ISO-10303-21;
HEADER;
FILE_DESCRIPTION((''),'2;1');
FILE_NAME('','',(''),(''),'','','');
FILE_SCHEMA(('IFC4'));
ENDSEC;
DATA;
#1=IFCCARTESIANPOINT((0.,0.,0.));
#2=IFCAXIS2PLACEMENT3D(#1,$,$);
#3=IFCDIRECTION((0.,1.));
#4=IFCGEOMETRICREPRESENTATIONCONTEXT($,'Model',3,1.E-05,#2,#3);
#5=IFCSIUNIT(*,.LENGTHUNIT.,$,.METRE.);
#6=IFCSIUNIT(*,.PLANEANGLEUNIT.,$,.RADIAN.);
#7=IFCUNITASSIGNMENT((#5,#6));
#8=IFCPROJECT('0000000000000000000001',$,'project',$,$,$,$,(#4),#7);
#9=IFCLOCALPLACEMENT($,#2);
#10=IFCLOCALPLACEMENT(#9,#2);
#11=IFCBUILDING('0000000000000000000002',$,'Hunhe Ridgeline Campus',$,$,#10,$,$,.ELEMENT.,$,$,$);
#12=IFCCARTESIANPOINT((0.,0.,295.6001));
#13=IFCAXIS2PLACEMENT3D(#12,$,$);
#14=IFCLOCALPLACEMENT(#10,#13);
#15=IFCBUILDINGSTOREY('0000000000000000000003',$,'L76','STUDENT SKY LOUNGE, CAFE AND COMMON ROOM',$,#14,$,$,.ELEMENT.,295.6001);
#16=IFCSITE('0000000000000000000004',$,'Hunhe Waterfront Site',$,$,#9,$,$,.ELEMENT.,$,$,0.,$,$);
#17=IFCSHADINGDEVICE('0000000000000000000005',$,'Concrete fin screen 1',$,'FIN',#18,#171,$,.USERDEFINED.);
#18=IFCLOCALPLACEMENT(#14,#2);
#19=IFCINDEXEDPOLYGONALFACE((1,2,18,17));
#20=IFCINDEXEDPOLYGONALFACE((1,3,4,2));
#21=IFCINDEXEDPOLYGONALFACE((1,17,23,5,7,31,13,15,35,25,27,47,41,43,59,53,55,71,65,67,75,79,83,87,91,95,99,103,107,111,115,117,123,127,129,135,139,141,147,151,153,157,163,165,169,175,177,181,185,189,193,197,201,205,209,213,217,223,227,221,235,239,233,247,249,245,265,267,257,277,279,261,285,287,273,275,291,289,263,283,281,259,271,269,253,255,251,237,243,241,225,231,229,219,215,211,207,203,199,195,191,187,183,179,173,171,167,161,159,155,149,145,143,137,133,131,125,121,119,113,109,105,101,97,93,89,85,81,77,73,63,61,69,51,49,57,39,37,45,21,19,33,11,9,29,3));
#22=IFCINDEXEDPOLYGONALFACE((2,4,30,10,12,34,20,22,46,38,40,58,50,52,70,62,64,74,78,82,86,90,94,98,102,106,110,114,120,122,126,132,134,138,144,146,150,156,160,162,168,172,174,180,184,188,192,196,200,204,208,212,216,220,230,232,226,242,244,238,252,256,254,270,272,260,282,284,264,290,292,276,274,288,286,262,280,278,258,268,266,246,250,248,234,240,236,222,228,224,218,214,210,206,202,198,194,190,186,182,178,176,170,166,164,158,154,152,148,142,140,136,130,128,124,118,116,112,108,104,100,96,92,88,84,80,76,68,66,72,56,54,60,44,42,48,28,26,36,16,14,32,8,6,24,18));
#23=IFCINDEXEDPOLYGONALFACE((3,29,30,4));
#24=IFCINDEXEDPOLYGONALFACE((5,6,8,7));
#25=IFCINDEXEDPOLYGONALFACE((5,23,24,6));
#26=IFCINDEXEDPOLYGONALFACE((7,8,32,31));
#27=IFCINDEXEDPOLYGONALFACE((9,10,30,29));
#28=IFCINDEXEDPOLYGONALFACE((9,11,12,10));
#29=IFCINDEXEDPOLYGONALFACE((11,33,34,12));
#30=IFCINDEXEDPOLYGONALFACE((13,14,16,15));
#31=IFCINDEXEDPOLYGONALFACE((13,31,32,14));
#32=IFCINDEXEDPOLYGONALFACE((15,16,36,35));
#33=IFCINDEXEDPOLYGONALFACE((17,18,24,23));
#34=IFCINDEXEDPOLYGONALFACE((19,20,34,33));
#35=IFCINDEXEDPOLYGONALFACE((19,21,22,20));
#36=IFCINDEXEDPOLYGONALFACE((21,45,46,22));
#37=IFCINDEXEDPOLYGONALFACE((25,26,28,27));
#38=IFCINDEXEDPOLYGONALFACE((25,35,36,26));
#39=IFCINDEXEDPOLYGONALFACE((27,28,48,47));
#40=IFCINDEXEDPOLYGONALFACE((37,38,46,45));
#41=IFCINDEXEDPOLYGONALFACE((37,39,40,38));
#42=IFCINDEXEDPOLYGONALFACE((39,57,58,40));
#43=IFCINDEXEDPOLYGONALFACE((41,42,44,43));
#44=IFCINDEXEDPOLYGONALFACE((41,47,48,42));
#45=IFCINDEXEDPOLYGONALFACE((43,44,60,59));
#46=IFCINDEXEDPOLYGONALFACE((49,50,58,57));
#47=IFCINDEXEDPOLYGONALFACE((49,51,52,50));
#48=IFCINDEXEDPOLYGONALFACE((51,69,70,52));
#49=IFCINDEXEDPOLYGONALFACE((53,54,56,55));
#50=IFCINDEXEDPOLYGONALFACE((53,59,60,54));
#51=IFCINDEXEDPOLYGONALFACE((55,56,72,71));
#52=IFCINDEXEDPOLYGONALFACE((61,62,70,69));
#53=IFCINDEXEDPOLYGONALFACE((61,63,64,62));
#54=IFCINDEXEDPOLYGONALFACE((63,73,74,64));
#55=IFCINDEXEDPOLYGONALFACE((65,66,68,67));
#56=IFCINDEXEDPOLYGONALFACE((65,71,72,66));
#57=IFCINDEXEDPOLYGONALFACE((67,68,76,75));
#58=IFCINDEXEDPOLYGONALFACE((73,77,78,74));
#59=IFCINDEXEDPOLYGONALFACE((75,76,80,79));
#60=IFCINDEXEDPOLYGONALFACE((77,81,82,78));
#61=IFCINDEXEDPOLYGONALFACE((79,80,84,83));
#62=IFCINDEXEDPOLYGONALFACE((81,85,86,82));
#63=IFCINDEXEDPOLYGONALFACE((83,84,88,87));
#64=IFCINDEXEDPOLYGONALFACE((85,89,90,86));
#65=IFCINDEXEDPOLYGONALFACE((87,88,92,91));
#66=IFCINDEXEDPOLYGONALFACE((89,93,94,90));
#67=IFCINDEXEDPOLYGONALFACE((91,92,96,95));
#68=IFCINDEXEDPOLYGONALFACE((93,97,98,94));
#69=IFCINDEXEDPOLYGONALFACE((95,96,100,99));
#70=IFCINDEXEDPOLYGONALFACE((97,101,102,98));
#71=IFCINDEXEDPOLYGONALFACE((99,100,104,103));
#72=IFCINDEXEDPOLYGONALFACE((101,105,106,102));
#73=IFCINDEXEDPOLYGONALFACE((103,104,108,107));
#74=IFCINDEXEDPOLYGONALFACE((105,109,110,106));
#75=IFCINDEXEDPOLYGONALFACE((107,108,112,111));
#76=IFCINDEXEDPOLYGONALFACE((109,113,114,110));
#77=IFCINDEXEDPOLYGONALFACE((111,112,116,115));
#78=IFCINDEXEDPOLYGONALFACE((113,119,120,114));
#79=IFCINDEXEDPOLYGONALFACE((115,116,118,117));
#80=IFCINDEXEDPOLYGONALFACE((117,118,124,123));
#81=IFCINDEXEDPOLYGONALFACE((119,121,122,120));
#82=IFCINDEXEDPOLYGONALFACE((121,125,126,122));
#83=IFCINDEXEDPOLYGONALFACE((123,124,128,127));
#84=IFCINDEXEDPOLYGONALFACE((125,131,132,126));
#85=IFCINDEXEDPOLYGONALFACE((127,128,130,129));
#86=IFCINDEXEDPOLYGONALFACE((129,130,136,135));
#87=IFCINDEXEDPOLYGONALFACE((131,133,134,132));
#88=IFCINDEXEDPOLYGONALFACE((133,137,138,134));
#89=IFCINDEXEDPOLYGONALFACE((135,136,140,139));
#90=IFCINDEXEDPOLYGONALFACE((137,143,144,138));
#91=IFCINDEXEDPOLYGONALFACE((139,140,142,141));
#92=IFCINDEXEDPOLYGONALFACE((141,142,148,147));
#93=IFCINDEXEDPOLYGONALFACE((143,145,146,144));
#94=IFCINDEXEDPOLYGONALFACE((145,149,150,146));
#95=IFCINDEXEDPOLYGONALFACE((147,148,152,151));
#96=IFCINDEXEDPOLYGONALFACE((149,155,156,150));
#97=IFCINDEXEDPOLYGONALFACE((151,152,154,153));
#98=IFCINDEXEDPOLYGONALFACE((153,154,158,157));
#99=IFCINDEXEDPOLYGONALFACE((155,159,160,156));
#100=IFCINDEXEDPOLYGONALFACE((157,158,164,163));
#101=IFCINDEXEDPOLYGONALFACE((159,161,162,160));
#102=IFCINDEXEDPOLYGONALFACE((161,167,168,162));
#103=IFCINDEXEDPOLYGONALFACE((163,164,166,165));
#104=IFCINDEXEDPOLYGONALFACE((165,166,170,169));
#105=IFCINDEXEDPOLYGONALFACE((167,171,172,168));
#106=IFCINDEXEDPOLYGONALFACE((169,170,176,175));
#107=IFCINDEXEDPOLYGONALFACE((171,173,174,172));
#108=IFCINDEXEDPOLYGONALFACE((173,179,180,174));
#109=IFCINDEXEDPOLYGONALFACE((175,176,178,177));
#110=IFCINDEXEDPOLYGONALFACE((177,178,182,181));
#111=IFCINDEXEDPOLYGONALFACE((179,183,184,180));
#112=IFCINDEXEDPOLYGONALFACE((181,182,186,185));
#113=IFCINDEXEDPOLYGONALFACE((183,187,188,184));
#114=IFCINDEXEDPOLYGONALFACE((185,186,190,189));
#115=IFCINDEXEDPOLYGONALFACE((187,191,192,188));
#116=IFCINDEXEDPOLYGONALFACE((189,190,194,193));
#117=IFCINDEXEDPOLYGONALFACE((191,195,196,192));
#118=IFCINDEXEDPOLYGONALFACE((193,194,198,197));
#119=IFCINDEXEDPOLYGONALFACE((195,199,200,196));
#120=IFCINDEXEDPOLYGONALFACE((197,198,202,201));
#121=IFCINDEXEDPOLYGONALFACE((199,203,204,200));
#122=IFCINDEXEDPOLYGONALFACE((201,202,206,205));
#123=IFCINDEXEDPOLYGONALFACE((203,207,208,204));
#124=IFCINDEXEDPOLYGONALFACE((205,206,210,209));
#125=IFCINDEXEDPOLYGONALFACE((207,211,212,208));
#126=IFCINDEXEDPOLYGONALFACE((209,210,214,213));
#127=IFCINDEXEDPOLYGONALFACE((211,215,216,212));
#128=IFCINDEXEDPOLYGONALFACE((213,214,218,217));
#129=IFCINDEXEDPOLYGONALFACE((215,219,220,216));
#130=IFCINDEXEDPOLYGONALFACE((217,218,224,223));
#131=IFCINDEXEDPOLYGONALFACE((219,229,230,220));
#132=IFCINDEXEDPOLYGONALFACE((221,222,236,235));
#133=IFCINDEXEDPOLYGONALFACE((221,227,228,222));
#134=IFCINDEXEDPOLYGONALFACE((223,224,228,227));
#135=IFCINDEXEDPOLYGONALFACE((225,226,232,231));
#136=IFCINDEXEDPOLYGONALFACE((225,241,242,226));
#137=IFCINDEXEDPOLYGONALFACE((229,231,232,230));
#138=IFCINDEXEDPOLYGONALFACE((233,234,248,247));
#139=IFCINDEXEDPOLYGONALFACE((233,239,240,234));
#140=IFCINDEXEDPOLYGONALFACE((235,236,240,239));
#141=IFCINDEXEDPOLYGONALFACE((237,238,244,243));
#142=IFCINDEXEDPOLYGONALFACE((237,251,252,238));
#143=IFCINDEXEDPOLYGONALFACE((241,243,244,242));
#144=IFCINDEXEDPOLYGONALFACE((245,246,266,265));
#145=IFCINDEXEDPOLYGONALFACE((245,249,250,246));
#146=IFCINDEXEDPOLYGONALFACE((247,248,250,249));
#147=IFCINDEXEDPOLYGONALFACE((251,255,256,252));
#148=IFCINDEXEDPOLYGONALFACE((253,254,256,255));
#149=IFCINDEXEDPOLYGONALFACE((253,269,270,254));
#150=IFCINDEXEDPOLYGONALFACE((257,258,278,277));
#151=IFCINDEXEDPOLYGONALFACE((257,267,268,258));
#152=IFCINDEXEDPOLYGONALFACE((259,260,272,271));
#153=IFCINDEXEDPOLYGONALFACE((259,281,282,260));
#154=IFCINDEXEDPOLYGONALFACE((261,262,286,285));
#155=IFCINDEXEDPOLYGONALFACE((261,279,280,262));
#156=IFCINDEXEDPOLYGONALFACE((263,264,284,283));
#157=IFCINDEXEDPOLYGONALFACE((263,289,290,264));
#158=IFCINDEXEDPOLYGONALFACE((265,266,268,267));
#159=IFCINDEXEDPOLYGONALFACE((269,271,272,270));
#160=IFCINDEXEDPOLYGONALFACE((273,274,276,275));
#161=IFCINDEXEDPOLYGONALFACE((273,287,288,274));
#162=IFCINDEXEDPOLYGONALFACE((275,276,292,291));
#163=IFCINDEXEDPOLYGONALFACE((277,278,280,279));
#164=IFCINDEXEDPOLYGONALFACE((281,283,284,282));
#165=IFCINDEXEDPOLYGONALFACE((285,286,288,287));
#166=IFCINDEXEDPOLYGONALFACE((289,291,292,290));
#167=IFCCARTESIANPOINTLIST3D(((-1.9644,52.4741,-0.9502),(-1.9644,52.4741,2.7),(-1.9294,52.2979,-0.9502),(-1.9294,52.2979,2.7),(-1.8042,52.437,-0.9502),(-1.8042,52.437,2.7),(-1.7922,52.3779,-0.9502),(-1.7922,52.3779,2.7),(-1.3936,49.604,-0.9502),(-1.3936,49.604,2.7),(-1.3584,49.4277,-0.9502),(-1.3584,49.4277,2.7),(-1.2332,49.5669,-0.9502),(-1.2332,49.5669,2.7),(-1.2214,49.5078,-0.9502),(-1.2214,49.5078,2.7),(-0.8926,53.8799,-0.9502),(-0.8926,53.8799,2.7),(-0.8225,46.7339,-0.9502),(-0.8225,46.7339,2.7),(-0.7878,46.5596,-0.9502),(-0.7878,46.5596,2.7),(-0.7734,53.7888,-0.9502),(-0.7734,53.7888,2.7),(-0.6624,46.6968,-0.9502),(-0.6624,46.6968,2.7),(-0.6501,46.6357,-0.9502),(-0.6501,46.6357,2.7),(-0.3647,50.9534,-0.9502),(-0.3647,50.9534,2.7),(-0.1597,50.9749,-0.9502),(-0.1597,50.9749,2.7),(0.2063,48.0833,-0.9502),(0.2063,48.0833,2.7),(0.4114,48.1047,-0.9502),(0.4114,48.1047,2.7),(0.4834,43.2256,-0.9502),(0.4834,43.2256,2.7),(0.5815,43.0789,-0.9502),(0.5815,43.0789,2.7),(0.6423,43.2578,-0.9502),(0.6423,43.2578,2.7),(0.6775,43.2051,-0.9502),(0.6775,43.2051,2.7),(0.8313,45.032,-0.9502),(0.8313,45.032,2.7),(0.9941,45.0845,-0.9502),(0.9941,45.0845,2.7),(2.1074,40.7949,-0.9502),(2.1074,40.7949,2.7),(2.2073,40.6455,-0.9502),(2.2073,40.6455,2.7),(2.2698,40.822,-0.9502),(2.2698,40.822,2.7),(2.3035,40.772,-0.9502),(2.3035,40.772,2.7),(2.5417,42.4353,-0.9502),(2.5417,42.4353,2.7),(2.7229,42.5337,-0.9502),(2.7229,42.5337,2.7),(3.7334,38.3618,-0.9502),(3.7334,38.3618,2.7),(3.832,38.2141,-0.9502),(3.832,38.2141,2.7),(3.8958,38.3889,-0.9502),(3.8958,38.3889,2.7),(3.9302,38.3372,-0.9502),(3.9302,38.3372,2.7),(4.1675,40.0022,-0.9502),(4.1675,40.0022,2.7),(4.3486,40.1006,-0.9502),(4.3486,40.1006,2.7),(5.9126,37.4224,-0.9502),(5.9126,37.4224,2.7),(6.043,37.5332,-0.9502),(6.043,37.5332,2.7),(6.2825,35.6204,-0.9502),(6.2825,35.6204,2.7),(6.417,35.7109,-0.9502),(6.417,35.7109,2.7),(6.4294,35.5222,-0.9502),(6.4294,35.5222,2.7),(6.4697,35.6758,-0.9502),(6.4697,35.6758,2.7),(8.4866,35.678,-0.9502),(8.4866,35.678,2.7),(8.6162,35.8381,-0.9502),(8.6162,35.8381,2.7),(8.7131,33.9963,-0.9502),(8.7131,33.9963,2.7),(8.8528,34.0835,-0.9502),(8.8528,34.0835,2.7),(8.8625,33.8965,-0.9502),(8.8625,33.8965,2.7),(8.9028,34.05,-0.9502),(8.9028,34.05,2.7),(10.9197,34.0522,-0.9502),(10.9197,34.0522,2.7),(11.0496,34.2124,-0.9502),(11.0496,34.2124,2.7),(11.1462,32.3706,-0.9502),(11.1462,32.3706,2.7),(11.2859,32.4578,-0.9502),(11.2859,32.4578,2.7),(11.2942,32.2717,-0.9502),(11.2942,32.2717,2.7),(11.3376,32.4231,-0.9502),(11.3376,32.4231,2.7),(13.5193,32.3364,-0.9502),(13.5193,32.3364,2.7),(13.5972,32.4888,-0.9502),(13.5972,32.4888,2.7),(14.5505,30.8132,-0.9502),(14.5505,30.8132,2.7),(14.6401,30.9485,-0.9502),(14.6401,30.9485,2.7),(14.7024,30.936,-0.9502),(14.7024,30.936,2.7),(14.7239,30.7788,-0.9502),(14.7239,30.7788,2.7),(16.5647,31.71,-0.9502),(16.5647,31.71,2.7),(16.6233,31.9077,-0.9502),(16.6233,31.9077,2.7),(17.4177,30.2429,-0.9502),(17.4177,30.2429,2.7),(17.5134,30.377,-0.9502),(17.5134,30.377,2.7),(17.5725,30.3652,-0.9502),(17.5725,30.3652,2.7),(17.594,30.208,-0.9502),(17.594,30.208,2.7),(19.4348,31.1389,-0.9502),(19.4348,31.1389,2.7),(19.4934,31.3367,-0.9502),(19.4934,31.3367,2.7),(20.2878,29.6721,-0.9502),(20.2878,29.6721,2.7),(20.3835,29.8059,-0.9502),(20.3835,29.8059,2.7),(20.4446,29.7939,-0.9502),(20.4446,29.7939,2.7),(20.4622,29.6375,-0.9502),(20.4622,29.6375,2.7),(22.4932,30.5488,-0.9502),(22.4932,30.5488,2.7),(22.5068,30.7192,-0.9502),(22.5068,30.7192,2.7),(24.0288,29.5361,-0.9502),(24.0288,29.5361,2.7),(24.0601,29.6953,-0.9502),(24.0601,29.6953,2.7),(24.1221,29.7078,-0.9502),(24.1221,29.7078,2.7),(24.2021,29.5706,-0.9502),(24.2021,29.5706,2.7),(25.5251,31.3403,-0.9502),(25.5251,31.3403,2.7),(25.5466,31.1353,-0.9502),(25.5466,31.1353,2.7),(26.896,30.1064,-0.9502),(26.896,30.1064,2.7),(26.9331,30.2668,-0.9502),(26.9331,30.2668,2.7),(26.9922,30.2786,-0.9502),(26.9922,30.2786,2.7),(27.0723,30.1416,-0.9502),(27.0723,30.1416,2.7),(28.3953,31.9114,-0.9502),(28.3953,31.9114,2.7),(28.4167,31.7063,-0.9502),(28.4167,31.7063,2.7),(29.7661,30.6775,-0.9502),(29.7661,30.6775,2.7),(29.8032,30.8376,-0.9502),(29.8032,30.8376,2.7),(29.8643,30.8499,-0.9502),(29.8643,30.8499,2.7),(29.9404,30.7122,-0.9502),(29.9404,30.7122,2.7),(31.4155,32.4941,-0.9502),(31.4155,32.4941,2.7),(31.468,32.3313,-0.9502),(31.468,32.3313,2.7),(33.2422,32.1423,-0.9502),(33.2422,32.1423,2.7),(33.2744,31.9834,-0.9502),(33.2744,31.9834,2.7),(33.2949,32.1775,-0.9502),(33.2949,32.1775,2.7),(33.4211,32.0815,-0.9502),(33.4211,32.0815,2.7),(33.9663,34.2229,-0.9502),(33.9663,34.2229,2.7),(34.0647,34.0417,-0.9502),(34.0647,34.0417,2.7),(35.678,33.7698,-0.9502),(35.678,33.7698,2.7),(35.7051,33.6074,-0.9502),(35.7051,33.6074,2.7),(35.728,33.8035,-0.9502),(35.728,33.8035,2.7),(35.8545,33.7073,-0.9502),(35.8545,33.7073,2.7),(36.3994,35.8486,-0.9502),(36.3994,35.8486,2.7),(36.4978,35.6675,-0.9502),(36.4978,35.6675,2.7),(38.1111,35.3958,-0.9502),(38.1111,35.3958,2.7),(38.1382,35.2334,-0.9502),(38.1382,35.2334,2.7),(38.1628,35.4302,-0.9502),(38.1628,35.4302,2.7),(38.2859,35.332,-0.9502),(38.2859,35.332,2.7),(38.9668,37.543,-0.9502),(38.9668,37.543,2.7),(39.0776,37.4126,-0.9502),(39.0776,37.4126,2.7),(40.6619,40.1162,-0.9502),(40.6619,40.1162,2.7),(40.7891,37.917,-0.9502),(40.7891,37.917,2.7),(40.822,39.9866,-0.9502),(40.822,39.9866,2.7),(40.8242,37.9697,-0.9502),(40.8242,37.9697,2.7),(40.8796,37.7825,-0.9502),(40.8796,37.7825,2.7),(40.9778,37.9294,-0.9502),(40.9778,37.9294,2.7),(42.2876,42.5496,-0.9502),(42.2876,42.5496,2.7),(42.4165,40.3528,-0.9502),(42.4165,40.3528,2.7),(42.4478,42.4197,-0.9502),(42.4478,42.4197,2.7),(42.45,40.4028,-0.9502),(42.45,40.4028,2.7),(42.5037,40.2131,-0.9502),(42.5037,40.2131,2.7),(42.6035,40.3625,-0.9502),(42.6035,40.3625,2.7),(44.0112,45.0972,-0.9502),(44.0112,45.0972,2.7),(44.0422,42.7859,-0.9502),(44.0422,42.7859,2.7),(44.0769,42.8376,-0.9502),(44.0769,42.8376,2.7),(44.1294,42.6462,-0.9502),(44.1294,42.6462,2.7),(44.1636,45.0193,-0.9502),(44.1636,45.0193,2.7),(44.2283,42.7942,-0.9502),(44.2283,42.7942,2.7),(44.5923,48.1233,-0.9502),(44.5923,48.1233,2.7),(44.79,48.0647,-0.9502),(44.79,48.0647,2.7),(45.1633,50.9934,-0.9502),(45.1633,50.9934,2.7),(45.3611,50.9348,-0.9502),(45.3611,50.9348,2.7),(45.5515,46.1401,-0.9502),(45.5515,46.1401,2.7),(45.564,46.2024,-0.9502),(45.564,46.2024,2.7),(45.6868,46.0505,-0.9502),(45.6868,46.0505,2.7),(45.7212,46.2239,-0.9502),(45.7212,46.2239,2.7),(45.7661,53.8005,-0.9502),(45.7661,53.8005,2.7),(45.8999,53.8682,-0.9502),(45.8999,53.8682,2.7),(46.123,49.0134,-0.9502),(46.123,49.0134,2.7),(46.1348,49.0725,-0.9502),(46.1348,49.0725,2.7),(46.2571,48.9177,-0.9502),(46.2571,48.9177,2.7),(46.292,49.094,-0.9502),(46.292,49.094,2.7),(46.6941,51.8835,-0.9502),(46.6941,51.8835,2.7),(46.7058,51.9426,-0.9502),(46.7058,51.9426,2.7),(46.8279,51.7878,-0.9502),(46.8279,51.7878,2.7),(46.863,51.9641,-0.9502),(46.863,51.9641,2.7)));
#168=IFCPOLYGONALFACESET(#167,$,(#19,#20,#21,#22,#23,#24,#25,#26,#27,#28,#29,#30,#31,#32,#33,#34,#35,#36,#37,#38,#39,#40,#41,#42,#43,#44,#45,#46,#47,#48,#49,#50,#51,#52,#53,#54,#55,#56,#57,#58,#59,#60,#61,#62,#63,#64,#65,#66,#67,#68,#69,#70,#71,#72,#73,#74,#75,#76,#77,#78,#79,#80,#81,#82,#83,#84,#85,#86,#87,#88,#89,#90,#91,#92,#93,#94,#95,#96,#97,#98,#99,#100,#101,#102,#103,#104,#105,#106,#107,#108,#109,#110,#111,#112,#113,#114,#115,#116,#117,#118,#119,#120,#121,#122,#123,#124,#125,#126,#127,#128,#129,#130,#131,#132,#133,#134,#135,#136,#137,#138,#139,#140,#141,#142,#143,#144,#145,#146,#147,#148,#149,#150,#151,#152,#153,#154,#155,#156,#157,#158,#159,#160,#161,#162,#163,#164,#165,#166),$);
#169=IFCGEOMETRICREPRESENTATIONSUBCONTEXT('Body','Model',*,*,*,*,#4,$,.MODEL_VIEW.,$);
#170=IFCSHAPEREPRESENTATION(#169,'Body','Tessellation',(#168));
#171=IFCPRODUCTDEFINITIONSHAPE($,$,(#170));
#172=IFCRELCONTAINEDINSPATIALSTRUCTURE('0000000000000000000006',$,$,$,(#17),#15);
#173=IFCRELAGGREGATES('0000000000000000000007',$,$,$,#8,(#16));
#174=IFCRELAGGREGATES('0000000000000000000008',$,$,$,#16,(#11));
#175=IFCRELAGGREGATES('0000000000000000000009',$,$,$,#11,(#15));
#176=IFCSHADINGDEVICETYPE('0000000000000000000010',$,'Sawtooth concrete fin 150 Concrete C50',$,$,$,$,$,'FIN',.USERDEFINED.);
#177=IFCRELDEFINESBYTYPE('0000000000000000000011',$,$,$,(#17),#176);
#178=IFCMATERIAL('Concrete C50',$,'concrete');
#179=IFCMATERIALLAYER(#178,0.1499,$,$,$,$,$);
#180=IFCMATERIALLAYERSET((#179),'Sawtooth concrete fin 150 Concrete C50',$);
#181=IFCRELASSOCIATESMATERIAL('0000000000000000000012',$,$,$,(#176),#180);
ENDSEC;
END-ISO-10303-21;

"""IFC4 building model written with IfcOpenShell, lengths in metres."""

from ifc_helpers import new_model, si_unit, direction, frame, origin, place, context, subcontext, project, spatial, polyline, outline, extrude, material, layer, layer_set, type_object, element, save


model = new_model("IFC4")

# Units and contexts
model_context = context("Model", 3, precision=1e-05, world=origin(), true_north=direction((0.0, 1.0)))
body_context = subcontext(model_context, "Body", "Model", "MODEL_VIEW")
ifc_project = project(units=[si_unit("LENGTHUNIT", "METRE"), si_unit("PLANEANGLEUNIT", "RADIAN")], contexts=[model_context])

# Site, building, storey
site_placement = place(None, origin())
site = spatial("IfcSite", under=ifc_project, at=site_placement, Name="Hunhe Waterfront Site", CompositionType="ELEMENT", RefElevation=0.0)
building_placement = place(site_placement, origin())
building = spatial("IfcBuilding", under=site, at=building_placement, Name="Hunhe Ridgeline Campus", CompositionType="ELEMENT")
storey_placement = place(building_placement, frame((0.0, 0.0, 295.6001)))
storey = spatial("IfcBuildingStorey", under=building, at=storey_placement, Name="L76", Description="STUDENT SKY LOUNGE, CAFE AND COMMON ROOM", CompositionType="ELEMENT", Elevation=295.6001)

# Shared definitions
ifc_material_1 = material(Name="Concrete C50", Category="concrete")

# Shading device
ifc_layer_1 = layer(ifc_material_1, 0.1499)
ifc_layer_set_1 = layer_set([ifc_layer_1], Name="Sawtooth concrete fin 150 Concrete C50")
shading_device_type = type_object("IfcShadingDeviceType", Name="Sawtooth concrete fin 150 Concrete C50", ElementType="FIN", PredefinedType="USERDEFINED", material=ifc_layer_set_1)
shading_device_1_placement = place(storey_placement, frame((0.0, 0.0, -0.9502)))
element("IfcShadingDevice", 1, at=shading_device_1_placement, inside=storey, type_object=shading_device_type, Name="Concrete fin screen 1", ObjectType="FIN", PredefinedType="USERDEFINED", context=body_context, shape_type="SweptSolid", body=[
    extrude(outline(polyline([(-0.7734, 53.7888), (-0.8926, 53.8799), (-1.9644, 52.4741), (-1.9294, 52.2979), (-0.3647, 50.9534), (-1.3936, 49.604), (-1.3584, 49.4277), (0.2063, 48.0833), (-0.8225, 46.7339), (-0.7878, 46.5596), (0.8313, 45.032), (0.4834, 43.2256), (0.5815, 43.0789), (2.5417, 42.4353), (2.1074, 40.7949), (2.2073, 40.6455), (4.1675, 40.0022), (3.7334, 38.3618), (3.832, 38.2141), (5.9126, 37.4224), (6.2825, 35.6204), (6.4294, 35.5222), (8.4866, 35.678), (8.7131, 33.9963), (8.8625, 33.8965), (10.9197, 34.0522), (11.1462, 32.3706), (11.2942, 32.2717), (13.5193, 32.3364), (14.5505, 30.8132), (14.7239, 30.7788), (16.5647, 31.71), (17.4177, 30.2429), (17.594, 30.208), (19.4348, 31.1389), (20.2878, 29.6721), (20.4622, 29.6375), (22.4932, 30.5488), (24.0288, 29.5361), (24.2021, 29.5706), (25.5466, 31.1353), (26.896, 30.1064), (27.0723, 30.1416), (28.4167, 31.7063), (29.7661, 30.6775), (29.9404, 30.7122), (31.468, 32.3313), (33.2744, 31.9834), (33.4211, 32.0815), (34.0647, 34.0417), (35.7051, 33.6074), (35.8545, 33.7073), (36.4978, 35.6675), (38.1382, 35.2334), (38.2859, 35.332), (39.0776, 37.4126), (40.8796, 37.7825), (40.9778, 37.9294), (40.822, 39.9866), (42.5037, 40.2131), (42.6035, 40.3625), (42.4478, 42.4197), (44.1294, 42.6462), (44.2283, 42.7942), (44.1636, 45.0193), (45.6868, 46.0505), (45.7212, 46.2239), (44.79, 48.0647), (46.2571, 48.9177), (46.292, 49.094), (45.3611, 50.9348), (46.8279, 51.7878), (46.863, 51.9641), (45.8999, 53.8682), (45.7661, 53.8005), (46.7058, 51.9426), (46.6941, 51.8835), (45.1633, 50.9934), (46.1348, 49.0725), (46.123, 49.0134), (44.5923, 48.1233), (45.564, 46.2024), (45.5515, 46.1401), (44.0112, 45.0972), (44.0769, 42.8376), (44.0422, 42.7859), (42.2876, 42.5496), (42.45, 40.4028), (42.4165, 40.3528), (40.6619, 40.1162), (40.8242, 37.9697), (40.7891, 37.917), (38.9668, 37.543), (38.1628, 35.4302), (38.1111, 35.3958), (36.3994, 35.8486), (35.728, 33.8035), (35.678, 33.7698), (33.9663, 34.2229), (33.2949, 32.1775), (33.2422, 32.1423), (31.4155, 32.4941), (29.8643, 30.8499), (29.8032, 30.8376), (28.3953, 31.9114), (26.9922, 30.2786), (26.9331, 30.2668), (25.5251, 31.3403), (24.1221, 29.7078), (24.0601, 29.6953), (22.5068, 30.7192), (20.4446, 29.7939), (20.3835, 29.8059), (19.4934, 31.3367), (17.5725, 30.3652), (17.5134, 30.377), (16.6233, 31.9077), (14.7024, 30.936), (14.6401, 30.9485), (13.5972, 32.4888), (11.3376, 32.4231), (11.2859, 32.4578), (11.0496, 34.2124), (8.9028, 34.05), (8.8528, 34.0835), (8.6162, 35.8381), (6.4697, 35.6758), (6.417, 35.7109), (6.043, 37.5332), (3.9302, 38.3372), (3.8958, 38.3889), (4.3486, 40.1006), (2.3035, 40.772), (2.2698, 40.822), (2.7229, 42.5337), (0.6775, 43.2051), (0.6423, 43.2578), (0.9941, 45.0845), (-0.6501, 46.6357), (-0.6624, 46.6968), (0.4114, 48.1047), (-1.2214, 49.5078), (-1.2332, 49.5669), (-0.1597, 50.9749), (-1.7922, 52.3779), (-1.8042, 52.437), (-0.7734, 53.7888)])), origin(), (0.0, 0.0, 1.0), 3.6501),
])

save(model, "model.ifc")
